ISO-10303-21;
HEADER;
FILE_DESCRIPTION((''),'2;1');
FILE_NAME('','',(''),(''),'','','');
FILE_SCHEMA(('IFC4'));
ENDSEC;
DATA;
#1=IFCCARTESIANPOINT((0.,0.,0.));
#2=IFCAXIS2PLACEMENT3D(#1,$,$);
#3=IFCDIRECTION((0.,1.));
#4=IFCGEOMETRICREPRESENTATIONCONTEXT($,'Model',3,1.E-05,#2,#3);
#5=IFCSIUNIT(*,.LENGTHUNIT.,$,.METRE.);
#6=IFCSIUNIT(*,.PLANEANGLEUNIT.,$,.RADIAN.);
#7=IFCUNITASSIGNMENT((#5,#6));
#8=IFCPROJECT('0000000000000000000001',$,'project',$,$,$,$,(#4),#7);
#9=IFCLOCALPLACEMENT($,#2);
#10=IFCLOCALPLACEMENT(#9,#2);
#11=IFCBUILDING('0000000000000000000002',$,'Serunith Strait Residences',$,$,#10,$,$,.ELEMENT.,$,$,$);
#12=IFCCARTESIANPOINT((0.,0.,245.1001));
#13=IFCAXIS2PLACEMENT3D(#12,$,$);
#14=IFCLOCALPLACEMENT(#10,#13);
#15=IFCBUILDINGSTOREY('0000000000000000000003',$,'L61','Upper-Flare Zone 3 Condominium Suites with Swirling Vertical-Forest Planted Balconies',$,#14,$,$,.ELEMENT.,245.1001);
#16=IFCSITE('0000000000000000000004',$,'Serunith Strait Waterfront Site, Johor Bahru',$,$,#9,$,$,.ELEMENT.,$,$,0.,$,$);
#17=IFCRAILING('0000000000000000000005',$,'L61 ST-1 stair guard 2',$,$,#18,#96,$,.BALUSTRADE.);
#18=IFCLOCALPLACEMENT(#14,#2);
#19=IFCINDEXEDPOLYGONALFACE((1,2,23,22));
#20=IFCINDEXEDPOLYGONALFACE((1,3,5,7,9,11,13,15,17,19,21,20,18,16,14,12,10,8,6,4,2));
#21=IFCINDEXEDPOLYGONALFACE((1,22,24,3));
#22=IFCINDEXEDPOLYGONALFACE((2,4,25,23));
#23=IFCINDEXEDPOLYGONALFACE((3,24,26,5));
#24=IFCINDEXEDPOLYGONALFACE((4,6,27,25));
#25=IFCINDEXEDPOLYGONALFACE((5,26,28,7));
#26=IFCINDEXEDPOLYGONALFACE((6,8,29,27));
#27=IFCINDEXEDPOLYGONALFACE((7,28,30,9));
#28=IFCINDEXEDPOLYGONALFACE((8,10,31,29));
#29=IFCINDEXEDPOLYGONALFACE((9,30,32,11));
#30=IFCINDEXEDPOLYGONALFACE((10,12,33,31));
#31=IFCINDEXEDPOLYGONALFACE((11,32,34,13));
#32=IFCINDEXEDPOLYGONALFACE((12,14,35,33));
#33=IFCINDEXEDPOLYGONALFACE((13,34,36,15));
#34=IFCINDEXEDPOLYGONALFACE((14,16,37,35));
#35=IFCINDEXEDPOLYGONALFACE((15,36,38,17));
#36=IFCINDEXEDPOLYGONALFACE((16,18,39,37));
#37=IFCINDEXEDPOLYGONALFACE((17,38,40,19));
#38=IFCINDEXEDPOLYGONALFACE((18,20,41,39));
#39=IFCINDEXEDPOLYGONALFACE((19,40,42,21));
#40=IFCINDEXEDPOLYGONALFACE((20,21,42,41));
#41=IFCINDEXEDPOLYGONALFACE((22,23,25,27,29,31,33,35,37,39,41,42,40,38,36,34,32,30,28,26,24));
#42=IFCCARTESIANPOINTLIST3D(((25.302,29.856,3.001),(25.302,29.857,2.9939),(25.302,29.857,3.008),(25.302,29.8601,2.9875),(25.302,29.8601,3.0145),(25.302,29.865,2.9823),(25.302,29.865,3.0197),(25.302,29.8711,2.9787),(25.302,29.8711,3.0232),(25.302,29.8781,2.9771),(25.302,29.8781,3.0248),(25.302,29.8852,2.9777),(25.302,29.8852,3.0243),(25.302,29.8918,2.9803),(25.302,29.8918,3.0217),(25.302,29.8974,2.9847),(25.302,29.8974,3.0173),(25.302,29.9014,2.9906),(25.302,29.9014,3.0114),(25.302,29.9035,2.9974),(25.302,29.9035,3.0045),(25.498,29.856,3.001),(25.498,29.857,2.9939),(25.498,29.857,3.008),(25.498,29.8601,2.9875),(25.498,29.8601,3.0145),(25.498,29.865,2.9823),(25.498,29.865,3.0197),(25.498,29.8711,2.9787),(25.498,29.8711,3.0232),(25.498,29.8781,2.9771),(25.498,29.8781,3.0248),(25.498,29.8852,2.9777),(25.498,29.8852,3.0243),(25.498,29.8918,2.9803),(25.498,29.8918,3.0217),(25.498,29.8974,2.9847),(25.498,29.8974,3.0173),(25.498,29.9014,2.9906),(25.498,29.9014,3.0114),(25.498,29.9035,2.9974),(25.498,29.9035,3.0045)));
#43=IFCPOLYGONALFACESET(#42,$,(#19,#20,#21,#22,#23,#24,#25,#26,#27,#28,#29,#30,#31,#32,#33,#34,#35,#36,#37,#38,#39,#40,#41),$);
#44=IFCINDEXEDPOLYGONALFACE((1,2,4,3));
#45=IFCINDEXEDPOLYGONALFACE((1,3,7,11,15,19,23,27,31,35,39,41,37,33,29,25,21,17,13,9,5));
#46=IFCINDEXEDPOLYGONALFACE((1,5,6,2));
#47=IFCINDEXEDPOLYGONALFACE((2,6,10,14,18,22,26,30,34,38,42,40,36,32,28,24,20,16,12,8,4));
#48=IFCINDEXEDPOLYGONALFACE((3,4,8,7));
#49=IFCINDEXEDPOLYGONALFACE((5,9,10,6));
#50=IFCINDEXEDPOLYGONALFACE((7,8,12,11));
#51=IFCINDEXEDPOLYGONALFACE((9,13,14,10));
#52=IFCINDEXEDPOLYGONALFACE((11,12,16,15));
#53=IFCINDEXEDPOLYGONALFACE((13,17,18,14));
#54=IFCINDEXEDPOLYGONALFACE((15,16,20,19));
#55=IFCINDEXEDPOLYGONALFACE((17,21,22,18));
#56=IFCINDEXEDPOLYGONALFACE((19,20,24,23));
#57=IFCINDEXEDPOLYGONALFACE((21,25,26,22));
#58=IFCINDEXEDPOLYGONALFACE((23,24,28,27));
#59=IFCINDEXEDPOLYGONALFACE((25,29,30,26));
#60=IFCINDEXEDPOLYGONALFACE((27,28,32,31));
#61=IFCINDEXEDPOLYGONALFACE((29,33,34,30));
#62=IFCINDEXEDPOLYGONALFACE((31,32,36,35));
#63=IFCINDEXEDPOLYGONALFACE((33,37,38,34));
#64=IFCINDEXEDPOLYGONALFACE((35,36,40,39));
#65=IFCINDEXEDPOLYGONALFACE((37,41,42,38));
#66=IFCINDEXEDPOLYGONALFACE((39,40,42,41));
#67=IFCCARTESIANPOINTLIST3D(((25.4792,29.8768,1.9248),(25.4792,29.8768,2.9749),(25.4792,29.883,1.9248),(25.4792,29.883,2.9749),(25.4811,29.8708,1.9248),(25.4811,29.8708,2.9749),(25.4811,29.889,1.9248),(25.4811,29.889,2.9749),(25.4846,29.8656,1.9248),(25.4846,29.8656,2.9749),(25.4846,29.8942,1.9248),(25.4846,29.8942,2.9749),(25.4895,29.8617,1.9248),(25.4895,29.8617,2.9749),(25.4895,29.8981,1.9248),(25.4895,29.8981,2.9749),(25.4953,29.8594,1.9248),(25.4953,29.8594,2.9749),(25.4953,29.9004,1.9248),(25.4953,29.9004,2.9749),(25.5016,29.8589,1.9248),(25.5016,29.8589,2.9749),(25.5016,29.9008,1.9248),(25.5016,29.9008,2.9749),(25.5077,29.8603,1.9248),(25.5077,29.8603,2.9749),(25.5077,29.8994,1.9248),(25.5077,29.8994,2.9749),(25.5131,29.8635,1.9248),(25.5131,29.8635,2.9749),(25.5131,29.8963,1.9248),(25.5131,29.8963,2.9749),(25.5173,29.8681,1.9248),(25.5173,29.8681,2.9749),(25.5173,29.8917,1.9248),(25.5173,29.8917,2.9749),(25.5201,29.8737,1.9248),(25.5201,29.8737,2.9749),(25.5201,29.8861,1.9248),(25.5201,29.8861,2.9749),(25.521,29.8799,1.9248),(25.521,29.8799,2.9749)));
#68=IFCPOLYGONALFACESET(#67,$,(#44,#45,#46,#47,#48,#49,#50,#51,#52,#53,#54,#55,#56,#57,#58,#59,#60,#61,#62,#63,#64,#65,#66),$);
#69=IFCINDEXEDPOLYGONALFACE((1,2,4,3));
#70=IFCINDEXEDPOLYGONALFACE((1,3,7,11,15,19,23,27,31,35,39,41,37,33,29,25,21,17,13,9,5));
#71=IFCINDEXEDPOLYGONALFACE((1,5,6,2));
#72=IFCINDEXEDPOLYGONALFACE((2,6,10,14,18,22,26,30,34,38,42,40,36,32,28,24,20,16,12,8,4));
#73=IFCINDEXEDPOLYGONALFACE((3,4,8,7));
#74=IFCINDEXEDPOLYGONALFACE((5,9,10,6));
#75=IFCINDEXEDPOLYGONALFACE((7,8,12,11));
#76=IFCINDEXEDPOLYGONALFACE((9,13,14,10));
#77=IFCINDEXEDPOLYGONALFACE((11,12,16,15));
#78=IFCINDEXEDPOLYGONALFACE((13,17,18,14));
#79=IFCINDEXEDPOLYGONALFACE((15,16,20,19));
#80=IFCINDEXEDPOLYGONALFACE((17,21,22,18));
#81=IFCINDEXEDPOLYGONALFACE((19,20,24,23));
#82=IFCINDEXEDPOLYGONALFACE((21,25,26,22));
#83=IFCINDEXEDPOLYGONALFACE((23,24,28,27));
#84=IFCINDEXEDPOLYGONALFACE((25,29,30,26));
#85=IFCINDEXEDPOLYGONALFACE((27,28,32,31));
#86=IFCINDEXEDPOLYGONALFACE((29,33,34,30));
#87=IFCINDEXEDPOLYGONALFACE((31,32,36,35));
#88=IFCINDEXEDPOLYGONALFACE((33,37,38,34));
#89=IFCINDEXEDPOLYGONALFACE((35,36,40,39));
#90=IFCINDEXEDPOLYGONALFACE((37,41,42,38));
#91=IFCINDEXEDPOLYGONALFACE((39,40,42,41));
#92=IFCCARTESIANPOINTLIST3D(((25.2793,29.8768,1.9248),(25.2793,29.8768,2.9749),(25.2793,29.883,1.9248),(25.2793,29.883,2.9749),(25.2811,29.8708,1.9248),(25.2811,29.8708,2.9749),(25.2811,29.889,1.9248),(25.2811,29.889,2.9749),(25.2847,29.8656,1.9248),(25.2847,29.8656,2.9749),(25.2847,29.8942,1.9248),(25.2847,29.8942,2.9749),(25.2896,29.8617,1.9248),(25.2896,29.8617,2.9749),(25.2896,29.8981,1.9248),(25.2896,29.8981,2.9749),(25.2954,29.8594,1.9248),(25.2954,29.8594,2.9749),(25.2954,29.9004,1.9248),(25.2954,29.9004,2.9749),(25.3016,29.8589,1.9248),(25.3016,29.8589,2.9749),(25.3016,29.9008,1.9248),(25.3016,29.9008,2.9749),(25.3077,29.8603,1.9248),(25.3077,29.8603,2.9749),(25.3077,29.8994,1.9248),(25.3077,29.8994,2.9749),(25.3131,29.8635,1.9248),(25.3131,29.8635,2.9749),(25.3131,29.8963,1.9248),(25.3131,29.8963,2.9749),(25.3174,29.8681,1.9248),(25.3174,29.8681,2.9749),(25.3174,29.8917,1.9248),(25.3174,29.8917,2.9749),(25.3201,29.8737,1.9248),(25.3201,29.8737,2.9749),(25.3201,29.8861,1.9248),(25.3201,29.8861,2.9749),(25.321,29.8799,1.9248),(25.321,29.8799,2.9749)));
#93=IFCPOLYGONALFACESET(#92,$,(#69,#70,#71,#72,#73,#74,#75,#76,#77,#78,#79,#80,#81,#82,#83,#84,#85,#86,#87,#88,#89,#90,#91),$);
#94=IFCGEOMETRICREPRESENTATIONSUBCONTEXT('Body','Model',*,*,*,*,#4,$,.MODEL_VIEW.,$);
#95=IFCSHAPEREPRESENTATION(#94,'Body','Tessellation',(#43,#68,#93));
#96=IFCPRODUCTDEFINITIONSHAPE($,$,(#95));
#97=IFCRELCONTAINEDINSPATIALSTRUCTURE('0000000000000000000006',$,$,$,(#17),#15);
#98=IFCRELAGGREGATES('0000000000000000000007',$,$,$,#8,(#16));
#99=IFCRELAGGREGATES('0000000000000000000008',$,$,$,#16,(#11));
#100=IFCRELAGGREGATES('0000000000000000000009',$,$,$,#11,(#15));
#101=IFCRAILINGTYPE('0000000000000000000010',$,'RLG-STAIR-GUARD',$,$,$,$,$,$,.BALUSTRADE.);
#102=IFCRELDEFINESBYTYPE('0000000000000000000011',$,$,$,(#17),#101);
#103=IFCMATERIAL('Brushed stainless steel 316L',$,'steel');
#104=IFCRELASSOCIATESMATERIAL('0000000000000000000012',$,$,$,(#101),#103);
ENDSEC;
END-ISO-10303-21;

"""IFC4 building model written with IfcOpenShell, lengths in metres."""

from ifc_helpers import new_model, si_unit, direction, frame, origin, origin_2d, place, context, subcontext, project, spatial, circle, extrude, material, type_object, element, save


model = new_model("IFC4")

# Units and contexts
model_context = context("Model", 3, precision=1e-05, world=origin(), true_north=direction((0.0, 1.0)))
body_context = subcontext(model_context, "Body", "Model", "MODEL_VIEW")
ifc_project = project(units=[si_unit("LENGTHUNIT", "METRE"), si_unit("PLANEANGLEUNIT", "RADIAN")], contexts=[model_context])

# Site, building, storey
site_placement = place(None, origin())
site = spatial("IfcSite", under=ifc_project, at=site_placement, Name="Serunith Strait Waterfront Site, Johor Bahru", CompositionType="ELEMENT", RefElevation=0.0)
building_placement = place(site_placement, origin())
building = spatial("IfcBuilding", under=site, at=building_placement, Name="Serunith Strait Residences", CompositionType="ELEMENT")
storey_placement = place(building_placement, frame((0.0, 0.0, 245.1001)))
storey = spatial("IfcBuildingStorey", under=building, at=storey_placement, Name="L61", Description="Upper-Flare Zone 3 Condominium Suites with Swirling Vertical-Forest Planted Balconies", CompositionType="ELEMENT", Elevation=245.1001)

# Railing
ifc_material_1 = material(Name="Brushed stainless steel 316L", Category="steel")
railing_type_1 = type_object("IfcRailingType", Name="RLG-STAIR-GUARD", PredefinedType="BALUSTRADE", material=ifc_material_1)
railing_1_placement = place(storey_placement, frame((25.5, 29.8799, 1.9248)))
element("IfcRailing", 1, at=railing_1_placement, inside=storey, type_object=railing_type_1, Name="L61 ST-1 stair guard 2", PredefinedType="BALUSTRADE", context=body_context, shape_type="SweptSolid", body=[
    extrude(circle(Radius=0.0239, at=origin_2d()), frame((-0.002, 0.0, 1.0762), z_axis=(-1.0, 0.0, 0.0), x_axis=(0.0, -1.0, 0.0)), (0.0, 0.0, 1.0), 0.196),
    extrude(circle(Radius=0.021, at=origin_2d()), origin(), (0.0, 0.0, 1.0), 1.05),
    extrude(circle(Radius=0.021, at=origin_2d()), frame((-0.2, 0.0, 0.0)), (0.0, 0.0, 1.0), 1.05),
])

save(model, "model.ifc")
